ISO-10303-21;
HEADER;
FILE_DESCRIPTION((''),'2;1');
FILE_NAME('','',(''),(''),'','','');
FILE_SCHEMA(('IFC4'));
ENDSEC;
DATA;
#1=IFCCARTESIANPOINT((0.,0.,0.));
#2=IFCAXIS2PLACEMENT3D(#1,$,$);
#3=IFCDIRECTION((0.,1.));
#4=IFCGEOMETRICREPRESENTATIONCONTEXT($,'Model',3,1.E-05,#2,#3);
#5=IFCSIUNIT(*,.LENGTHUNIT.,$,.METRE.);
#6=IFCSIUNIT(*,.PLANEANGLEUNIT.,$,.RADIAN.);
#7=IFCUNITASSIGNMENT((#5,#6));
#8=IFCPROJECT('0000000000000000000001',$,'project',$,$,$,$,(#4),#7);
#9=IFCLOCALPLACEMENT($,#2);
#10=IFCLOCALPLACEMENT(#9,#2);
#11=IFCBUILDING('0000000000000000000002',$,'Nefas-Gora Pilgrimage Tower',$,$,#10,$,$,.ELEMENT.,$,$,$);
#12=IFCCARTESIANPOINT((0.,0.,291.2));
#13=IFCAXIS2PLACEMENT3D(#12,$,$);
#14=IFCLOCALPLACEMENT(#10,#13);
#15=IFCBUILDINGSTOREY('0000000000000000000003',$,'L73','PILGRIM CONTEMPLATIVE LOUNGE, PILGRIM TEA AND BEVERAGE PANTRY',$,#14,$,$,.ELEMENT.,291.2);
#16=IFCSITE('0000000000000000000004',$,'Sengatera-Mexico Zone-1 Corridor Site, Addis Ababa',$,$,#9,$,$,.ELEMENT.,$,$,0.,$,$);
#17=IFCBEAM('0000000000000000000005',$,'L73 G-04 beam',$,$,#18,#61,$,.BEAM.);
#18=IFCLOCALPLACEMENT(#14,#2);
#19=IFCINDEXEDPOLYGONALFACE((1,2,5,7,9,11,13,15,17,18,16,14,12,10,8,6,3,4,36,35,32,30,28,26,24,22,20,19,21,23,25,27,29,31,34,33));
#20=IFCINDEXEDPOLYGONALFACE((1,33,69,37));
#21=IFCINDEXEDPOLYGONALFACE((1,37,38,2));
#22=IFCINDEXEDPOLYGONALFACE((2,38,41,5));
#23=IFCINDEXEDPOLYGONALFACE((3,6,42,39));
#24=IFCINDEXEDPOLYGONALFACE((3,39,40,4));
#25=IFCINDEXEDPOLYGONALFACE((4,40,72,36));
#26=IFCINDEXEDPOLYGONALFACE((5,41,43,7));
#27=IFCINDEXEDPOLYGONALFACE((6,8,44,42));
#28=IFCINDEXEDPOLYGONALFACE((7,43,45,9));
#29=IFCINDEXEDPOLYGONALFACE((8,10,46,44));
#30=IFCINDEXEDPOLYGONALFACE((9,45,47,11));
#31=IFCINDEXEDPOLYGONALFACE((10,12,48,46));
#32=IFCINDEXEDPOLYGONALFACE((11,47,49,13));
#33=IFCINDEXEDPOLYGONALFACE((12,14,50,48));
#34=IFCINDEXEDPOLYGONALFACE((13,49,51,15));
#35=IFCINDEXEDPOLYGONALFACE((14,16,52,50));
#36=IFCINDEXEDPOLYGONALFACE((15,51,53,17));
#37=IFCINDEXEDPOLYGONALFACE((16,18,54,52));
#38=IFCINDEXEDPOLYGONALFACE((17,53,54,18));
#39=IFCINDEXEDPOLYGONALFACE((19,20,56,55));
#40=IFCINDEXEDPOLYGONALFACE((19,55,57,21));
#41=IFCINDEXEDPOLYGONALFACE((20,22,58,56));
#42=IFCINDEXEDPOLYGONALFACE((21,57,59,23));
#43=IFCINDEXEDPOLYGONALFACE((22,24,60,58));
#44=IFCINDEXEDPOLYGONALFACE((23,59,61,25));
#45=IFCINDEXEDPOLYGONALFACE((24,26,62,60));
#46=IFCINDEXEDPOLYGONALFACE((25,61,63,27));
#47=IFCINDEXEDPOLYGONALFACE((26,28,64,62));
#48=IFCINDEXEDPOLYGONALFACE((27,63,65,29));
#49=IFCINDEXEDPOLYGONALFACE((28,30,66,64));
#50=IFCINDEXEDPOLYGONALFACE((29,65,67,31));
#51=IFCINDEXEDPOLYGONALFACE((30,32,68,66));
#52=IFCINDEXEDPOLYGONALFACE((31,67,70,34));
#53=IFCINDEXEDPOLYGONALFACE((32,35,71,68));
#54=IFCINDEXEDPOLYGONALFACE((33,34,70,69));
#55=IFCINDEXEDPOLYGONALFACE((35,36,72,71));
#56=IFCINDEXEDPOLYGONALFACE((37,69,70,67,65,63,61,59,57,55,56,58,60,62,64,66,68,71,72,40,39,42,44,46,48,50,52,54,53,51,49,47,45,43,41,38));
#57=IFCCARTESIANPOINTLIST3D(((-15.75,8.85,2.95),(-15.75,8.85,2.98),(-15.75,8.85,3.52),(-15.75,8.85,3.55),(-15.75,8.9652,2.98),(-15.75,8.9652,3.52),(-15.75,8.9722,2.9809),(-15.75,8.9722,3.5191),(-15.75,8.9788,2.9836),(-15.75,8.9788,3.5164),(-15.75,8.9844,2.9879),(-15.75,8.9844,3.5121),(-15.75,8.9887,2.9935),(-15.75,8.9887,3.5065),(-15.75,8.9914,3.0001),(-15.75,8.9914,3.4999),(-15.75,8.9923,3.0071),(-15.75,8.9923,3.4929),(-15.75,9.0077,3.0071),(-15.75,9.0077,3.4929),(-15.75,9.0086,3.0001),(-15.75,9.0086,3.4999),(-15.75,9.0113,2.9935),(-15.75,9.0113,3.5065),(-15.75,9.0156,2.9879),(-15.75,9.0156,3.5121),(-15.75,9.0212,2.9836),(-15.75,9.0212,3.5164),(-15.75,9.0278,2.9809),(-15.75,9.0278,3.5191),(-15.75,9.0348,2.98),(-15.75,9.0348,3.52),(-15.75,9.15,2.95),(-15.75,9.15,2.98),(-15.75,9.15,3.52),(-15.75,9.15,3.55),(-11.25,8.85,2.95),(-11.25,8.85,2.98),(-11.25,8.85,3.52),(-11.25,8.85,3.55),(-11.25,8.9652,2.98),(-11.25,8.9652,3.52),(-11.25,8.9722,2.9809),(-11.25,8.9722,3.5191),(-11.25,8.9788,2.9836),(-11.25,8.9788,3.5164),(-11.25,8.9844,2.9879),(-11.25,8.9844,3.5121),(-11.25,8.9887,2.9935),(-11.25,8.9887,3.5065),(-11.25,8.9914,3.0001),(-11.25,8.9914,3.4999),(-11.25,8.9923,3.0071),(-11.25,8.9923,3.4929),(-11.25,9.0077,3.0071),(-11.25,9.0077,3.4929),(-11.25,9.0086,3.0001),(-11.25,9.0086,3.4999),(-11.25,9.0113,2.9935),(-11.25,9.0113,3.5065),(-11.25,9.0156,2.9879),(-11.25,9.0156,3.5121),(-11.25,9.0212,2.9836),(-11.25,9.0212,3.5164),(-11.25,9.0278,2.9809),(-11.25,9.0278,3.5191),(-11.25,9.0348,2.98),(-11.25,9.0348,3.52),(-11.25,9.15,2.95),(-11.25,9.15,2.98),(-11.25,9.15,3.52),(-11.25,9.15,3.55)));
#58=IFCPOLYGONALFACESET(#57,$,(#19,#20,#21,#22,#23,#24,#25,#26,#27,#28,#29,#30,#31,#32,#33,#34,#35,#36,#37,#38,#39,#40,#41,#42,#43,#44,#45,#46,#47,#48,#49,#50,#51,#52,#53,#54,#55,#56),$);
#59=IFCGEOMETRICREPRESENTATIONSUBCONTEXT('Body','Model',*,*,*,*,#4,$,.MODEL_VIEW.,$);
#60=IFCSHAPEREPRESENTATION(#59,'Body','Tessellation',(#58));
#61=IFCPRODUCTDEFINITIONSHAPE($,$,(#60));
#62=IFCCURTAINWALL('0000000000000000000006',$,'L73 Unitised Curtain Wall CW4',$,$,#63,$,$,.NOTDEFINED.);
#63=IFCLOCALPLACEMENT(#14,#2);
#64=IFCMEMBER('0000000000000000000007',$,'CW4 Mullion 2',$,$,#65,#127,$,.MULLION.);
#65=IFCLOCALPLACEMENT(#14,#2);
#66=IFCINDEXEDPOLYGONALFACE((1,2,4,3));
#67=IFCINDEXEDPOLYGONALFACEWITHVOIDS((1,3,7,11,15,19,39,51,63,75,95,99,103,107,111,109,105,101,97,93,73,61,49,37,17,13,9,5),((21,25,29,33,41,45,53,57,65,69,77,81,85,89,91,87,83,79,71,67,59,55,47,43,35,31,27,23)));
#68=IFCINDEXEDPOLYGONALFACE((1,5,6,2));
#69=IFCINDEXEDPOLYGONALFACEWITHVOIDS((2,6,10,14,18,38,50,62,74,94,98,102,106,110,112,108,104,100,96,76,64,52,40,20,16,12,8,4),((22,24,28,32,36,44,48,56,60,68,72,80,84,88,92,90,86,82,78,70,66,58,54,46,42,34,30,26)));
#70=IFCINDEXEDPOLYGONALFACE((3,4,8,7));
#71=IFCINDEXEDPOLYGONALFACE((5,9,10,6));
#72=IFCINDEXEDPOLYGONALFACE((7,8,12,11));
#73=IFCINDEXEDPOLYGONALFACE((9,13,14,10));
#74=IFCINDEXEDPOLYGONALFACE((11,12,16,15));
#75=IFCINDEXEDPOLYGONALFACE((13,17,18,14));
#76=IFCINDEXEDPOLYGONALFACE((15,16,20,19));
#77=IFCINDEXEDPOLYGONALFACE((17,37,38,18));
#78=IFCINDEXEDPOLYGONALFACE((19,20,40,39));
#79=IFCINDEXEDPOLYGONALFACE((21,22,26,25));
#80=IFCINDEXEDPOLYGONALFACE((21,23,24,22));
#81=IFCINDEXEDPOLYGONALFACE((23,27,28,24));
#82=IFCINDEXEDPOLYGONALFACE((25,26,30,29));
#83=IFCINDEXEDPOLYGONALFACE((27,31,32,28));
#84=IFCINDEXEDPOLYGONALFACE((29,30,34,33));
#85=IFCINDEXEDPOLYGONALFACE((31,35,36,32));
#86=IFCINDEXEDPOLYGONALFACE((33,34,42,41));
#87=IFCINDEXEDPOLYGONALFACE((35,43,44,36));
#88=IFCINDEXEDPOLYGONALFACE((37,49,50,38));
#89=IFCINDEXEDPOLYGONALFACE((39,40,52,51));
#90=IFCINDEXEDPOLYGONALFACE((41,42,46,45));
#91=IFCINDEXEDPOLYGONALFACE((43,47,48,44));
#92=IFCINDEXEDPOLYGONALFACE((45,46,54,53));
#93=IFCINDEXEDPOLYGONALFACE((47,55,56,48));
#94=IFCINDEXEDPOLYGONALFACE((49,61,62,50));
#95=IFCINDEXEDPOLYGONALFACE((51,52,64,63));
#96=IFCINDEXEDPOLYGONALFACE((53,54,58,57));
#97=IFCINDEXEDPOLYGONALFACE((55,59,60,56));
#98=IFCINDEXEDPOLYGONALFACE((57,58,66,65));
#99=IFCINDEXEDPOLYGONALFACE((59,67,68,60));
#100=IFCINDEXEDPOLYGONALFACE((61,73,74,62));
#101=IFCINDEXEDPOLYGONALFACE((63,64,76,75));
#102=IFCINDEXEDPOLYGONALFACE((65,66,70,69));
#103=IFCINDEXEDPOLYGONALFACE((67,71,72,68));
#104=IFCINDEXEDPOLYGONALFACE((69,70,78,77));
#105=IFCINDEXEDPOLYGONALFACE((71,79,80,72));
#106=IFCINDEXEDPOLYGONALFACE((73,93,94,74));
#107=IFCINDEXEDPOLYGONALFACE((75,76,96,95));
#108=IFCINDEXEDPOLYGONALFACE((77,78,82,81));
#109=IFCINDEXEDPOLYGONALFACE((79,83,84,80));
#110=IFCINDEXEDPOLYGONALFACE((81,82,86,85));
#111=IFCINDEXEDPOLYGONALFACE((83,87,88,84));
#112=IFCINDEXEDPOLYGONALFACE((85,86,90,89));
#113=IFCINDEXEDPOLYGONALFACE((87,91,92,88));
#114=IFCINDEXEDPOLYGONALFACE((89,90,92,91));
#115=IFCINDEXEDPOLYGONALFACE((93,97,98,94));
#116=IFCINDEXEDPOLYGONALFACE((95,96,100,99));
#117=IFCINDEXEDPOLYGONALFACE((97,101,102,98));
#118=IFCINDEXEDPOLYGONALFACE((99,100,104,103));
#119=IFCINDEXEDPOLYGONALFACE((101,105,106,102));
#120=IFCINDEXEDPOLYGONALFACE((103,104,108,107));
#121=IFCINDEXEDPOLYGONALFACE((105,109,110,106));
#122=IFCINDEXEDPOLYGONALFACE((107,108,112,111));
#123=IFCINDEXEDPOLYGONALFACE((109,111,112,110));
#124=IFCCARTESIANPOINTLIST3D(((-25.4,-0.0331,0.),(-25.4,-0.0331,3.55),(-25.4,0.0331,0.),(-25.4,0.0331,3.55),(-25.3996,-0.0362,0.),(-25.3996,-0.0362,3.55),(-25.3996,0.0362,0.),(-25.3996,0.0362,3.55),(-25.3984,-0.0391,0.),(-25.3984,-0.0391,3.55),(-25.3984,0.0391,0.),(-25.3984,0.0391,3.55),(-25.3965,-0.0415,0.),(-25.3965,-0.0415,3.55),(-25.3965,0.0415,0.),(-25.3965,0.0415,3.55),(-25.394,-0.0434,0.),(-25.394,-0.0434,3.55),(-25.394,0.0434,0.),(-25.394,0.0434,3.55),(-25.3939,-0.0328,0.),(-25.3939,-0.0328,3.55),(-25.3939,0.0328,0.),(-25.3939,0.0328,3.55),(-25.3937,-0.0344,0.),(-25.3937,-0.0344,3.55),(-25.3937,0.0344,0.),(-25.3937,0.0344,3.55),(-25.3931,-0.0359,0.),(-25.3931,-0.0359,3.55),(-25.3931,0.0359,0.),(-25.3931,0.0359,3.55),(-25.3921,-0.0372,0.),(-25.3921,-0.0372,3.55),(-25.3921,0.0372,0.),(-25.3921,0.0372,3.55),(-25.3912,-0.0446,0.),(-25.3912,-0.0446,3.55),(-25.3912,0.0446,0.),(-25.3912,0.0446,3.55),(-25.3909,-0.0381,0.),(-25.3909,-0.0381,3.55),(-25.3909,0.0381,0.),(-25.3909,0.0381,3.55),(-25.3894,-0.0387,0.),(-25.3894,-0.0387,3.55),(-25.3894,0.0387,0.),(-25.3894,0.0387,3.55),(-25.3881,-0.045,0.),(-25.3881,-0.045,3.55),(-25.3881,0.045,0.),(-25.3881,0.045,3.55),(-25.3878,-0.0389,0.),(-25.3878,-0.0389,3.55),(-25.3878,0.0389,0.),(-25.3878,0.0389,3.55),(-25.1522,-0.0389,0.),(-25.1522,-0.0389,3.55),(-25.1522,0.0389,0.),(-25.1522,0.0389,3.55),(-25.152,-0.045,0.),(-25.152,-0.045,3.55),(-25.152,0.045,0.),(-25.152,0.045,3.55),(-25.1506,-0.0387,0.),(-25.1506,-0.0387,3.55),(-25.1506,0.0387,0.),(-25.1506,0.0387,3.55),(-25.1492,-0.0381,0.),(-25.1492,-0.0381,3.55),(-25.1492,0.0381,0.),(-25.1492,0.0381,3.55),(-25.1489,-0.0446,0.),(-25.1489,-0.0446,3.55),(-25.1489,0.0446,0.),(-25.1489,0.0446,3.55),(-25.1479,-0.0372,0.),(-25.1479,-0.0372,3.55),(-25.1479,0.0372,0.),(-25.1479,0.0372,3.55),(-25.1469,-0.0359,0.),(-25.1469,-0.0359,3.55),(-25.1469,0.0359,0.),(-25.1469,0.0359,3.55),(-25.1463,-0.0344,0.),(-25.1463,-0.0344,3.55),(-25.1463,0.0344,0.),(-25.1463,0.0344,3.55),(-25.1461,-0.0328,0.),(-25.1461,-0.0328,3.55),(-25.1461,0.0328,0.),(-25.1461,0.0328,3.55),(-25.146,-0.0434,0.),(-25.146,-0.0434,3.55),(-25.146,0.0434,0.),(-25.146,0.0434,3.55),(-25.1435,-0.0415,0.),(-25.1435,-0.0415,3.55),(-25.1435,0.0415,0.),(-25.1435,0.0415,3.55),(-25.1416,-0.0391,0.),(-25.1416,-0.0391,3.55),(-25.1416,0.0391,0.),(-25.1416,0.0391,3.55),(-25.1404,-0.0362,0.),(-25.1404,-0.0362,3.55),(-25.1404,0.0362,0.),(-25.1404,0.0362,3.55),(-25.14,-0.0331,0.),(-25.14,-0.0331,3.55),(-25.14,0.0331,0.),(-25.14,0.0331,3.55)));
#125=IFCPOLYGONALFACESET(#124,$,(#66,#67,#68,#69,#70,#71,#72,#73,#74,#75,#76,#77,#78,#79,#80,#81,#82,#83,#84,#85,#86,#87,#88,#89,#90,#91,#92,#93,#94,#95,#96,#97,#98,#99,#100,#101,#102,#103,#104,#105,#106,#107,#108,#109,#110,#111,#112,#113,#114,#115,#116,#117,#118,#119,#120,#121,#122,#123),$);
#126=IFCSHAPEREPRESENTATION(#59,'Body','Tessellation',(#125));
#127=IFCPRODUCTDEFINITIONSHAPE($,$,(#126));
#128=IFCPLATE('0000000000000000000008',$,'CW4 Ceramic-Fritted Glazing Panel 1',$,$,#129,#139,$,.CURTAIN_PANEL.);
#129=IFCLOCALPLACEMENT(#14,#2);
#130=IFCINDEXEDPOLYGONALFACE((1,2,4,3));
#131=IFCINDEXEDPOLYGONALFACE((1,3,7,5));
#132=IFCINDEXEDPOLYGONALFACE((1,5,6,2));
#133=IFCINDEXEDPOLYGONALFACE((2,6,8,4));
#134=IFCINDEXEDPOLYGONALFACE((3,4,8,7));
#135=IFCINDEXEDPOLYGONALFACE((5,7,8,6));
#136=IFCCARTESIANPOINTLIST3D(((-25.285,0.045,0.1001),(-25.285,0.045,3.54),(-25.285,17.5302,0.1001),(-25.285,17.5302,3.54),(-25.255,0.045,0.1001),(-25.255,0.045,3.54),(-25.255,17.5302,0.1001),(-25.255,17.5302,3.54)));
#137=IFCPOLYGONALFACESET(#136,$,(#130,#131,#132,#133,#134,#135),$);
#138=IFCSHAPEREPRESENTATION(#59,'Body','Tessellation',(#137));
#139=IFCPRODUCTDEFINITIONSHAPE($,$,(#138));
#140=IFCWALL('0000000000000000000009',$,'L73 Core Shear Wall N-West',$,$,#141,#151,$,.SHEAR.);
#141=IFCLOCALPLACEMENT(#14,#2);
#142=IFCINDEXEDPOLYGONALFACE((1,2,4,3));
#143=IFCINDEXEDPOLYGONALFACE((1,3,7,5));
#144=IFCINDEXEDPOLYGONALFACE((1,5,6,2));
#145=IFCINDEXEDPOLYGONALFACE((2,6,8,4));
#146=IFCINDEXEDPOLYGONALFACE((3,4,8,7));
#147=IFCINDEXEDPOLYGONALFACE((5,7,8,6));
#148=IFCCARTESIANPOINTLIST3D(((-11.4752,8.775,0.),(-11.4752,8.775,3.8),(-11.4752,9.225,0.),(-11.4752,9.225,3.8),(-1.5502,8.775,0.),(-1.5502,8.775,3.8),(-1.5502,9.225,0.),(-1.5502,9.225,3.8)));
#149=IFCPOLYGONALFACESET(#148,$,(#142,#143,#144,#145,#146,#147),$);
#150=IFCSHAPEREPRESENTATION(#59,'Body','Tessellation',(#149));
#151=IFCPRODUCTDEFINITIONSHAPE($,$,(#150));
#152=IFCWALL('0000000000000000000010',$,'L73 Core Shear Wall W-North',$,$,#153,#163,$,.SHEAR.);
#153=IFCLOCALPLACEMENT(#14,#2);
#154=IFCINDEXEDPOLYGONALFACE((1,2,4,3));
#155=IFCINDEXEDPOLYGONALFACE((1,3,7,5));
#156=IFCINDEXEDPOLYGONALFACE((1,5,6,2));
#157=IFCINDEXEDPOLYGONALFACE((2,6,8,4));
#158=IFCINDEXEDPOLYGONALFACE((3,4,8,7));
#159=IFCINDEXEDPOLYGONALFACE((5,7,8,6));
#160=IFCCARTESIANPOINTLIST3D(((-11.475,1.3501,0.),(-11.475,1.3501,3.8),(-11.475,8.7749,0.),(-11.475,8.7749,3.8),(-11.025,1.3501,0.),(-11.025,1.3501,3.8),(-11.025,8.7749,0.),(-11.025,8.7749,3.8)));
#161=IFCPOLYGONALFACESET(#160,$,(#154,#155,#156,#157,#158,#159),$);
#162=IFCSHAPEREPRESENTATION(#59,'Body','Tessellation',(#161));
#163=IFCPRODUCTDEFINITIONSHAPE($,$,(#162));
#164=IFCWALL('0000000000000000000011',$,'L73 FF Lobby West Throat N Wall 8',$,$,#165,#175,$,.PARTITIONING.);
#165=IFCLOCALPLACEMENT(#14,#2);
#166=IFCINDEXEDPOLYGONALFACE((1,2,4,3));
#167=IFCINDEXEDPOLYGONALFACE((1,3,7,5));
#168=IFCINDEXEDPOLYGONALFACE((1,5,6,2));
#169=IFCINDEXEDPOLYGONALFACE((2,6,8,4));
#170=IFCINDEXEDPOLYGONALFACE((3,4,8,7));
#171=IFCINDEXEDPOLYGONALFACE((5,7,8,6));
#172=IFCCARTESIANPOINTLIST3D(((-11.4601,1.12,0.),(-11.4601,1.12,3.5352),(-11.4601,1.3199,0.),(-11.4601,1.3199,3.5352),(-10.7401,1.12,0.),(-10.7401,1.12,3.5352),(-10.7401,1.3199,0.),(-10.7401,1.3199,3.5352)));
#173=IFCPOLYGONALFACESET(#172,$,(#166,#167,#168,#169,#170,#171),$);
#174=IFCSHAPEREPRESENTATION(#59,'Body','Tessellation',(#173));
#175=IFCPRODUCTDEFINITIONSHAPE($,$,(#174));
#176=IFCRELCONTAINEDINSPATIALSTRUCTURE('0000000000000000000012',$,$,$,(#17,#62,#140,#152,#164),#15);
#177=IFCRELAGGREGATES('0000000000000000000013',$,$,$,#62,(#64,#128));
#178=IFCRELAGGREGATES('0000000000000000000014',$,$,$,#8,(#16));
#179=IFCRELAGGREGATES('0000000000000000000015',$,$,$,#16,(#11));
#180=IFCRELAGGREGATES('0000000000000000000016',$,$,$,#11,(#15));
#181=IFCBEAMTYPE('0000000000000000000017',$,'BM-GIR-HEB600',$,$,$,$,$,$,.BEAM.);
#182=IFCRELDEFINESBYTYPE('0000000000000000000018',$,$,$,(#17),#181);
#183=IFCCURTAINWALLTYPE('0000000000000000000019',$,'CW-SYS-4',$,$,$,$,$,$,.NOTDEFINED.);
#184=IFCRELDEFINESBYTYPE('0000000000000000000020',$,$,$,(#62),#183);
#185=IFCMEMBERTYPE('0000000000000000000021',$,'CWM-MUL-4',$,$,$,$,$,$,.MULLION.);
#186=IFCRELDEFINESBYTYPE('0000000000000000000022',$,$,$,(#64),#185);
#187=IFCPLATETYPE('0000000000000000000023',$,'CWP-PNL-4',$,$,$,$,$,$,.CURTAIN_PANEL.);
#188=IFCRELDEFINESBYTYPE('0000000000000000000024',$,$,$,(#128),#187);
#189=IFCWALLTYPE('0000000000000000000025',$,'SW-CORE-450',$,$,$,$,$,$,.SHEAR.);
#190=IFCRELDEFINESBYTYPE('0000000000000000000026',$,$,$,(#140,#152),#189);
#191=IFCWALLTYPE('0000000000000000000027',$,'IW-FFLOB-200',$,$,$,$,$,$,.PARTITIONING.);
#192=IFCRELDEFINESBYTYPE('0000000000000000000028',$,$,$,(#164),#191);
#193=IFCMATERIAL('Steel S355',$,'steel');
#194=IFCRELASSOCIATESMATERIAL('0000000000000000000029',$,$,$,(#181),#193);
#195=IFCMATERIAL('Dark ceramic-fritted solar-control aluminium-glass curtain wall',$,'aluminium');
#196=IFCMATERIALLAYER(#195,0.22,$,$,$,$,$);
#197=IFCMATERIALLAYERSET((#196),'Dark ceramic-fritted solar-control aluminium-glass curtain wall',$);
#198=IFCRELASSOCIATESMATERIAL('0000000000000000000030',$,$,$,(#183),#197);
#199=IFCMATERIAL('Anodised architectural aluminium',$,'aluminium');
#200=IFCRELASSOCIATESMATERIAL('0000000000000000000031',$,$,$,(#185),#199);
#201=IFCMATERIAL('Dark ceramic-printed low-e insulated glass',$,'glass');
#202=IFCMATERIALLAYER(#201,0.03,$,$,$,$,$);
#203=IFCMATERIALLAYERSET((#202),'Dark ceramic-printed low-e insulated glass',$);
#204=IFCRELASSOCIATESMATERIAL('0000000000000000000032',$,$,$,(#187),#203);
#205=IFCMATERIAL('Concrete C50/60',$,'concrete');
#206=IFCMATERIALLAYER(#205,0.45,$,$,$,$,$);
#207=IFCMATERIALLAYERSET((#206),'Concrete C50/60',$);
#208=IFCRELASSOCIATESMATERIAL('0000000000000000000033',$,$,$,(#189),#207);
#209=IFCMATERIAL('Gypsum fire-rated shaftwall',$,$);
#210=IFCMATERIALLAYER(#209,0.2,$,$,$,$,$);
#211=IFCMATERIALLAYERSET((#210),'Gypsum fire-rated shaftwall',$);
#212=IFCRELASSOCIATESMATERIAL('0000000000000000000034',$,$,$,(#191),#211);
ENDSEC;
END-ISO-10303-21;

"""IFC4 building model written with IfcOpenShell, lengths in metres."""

from ifc_helpers import new_model, si_unit, direction, frame, frame_2d, origin, origin_2d, place, context, subcontext, project, spatial, rectangle, hollow_rectangle, i_section, extrude, source, transform, mapped, material, layer, layer_set, material_profile, profile_set, type_object, element, aggregate, save


model = new_model("IFC4")

# Units and contexts
model_context = context("Model", 3, precision=1e-05, world=origin(), true_north=direction((0.0, 1.0)))
body_context = subcontext(model_context, "Body", "Model", "MODEL_VIEW")
ifc_project = project(units=[si_unit("LENGTHUNIT", "METRE"), si_unit("PLANEANGLEUNIT", "RADIAN")], contexts=[model_context])

# Site, building, storey
site_placement = place(None, origin())
site = spatial("IfcSite", under=ifc_project, at=site_placement, Name="Sengatera-Mexico Zone-1 Corridor Site, Addis Ababa", CompositionType="ELEMENT", RefElevation=0.0)
building_placement = place(site_placement, origin())
building = spatial("IfcBuilding", under=site, at=building_placement, Name="Nefas-Gora Pilgrimage Tower", CompositionType="ELEMENT")
storey_placement = place(building_placement, frame((0.0, 0.0, 291.2)))
storey = spatial("IfcBuildingStorey", under=building, at=storey_placement, Name="L73", Description="PILGRIM CONTEMPLATIVE LOUNGE, PILGRIM TEA AND BEVERAGE PANTRY", CompositionType="ELEMENT", Elevation=291.2)

# Shared definitions
ifc_material_1 = material(Name="Steel S355", Category="steel")

# Beam
ifc_material_profile_1 = material_profile(ifc_material_1, i_section(OverallWidth=0.3, OverallDepth=0.6001, WebThickness=0.0154, FlangeThickness=0.03, FilletRadius=0.0271, at=origin_2d()), Name="HEB 600")
ifc_profile_set_1 = profile_set([ifc_material_profile_1], Name="Steel S355")
beam_type_1 = type_object("IfcBeamType", Name="BM-GIR-HEB600", PredefinedType="BEAM", material=ifc_profile_set_1)
shared_shape_1 = source(origin(), body_context, "Body", "SweptSolid", [
    extrude(i_section(OverallWidth=0.3, OverallDepth=0.6001, WebThickness=0.0154, FlangeThickness=0.03, FilletRadius=0.0271, at=origin_2d()), origin(), (0.0, 0.0, 1.0), 4.5),
])
for number, where, z_axis, x_axis, name in (
    (1, (-15.75, 9.0, 3.25), (1.0, 0.0, 0.0), (0.0, 1.0, 0.0), "L73 G-04 beam"),
):
    element("IfcBeam", number, at=place(storey_placement, frame(where, z_axis=z_axis, x_axis=x_axis)), inside=storey, type_object=beam_type_1, Name=name, PredefinedType="BEAM", context=body_context, shape_type="MappedRepresentation", body=[
        mapped(shared_shape_1, transform((0.0, 0.0, 0.0), x_axis=(1.0, 0.0, 0.0), y_axis=(0.0, 1.0, 0.0), z_axis=(0.0, 0.0, 1.0), scale=1.0)),
    ])

# Curtain wall, member, plate
ifc_material_2 = material(Name="Dark ceramic-fritted solar-control aluminium-glass curtain wall", Category="aluminium")
ifc_layer_1 = layer(ifc_material_2, 0.22)
ifc_layer_set_1 = layer_set([ifc_layer_1], Name="Dark ceramic-fritted solar-control aluminium-glass curtain wall")
curtain_wall_type = type_object("IfcCurtainWallType", Name="CW-SYS-4", PredefinedType="NOTDEFINED", material=ifc_layer_set_1)
curtain_wall_placement = place(storey_placement, origin())
curtain_wall = element("IfcCurtainWall", 2, at=curtain_wall_placement, inside=storey, type_object=curtain_wall_type, Name="L73 Unitised Curtain Wall CW4", PredefinedType="NOTDEFINED")
ifc_material_3 = material(Name="Anodised architectural aluminium", Category="aluminium")
ifc_material_profile_2 = material_profile(ifc_material_3, hollow_rectangle(XDim=0.0901, YDim=0.26, WallThickness=0.0061, InnerFilletRadius=0.0061, OuterFilletRadius=0.012, at=origin_2d()), Name="ALU MULLION 90x260")
ifc_profile_set_2 = profile_set([ifc_material_profile_2], Name="Anodised architectural aluminium")
member_type = type_object("IfcMemberType", Name="CWM-MUL-4", PredefinedType="MULLION", material=ifc_profile_set_2)
shared_shape_2 = source(origin(), body_context, "Body", "SweptSolid", [
    extrude(hollow_rectangle(XDim=0.0901, YDim=0.26, WallThickness=0.0061, InnerFilletRadius=0.0061, OuterFilletRadius=0.012, at=origin_2d()), origin(), (0.0, 0.0, 1.0), 3.55),
])
member_placement = place(storey_placement, frame((-25.27, 0.0, 0.0), z_axis=(0.0, 0.0, 1.0), x_axis=(0.0, -1.0, 0.0)))
member = element("IfcMember", 3, at=member_placement, type_object=member_type, Name="CW4 Mullion 2", PredefinedType="MULLION", context=body_context, shape_type="MappedRepresentation", body=[
    mapped(shared_shape_2, transform((0.0, 0.0, 0.0), x_axis=(1.0, 0.0, 0.0), y_axis=(0.0, 1.0, 0.0), z_axis=(0.0, 0.0, 1.0), scale=1.0)),
])
ifc_material_4 = material(Name="Dark ceramic-printed low-e insulated glass", Category="glass")
ifc_layer_2 = layer(ifc_material_4, 0.03)
ifc_layer_set_2 = layer_set([ifc_layer_2], Name="Dark ceramic-printed low-e insulated glass")
plate_type = type_object("IfcPlateType", Name="CWP-PNL-4", PredefinedType="CURTAIN_PANEL", material=ifc_layer_set_2)
shared_shape_3 = source(origin(), body_context, "Body", "SweptSolid", [
    extrude(rectangle(XDim=17.4851, YDim=0.03, at=origin_2d()), origin(), (0.0, 0.0, 1.0), 3.4399),
])
plate_placement = place(storey_placement, frame((-25.27, 8.7876, 0.1001), z_axis=(0.0, 0.0, 1.0), x_axis=(0.0, -1.0, 0.0)))
plate = element("IfcPlate", 4, at=plate_placement, type_object=plate_type, Name="CW4 Ceramic-Fritted Glazing Panel 1", PredefinedType="CURTAIN_PANEL", context=body_context, shape_type="MappedRepresentation", body=[
    mapped(shared_shape_3, transform((0.0, 0.0, 0.0), x_axis=(1.0, 0.0, 0.0), y_axis=(0.0, 1.0, 0.0), z_axis=(0.0, 0.0, 1.0), scale=1.0)),
])
aggregate(curtain_wall, [member, plate])

# Walls
ifc_material_5 = material(Name="Concrete C50/60", Category="concrete")
ifc_layer_3 = layer(ifc_material_5, 0.45)
ifc_layer_set_3 = layer_set([ifc_layer_3], Name="Concrete C50/60")
wall_type_1 = type_object("IfcWallType", Name="SW-CORE-450", PredefinedType="SHEAR", material=ifc_layer_set_3)
shared_shape_4 = source(origin(), body_context, "Body", "SweptSolid", [
    extrude(rectangle(XDim=9.925, YDim=0.45, at=frame_2d((4.9624, 0.0))), origin(), (0.0, 0.0, 1.0), 3.8),
])
wall_1_placement = place(storey_placement, frame((-11.4751, 9.0, 0.0), z_axis=(0.0, 0.0, 1.0), x_axis=(1.0, 0.0, 0.0)))
element("IfcWall", 5, at=wall_1_placement, inside=storey, type_object=wall_type_1, Name="L73 Core Shear Wall N-West", PredefinedType="SHEAR", context=body_context, shape_type="MappedRepresentation", body=[
    mapped(shared_shape_4, transform((0.0, 0.0, 0.0), x_axis=(1.0, 0.0, 0.0), y_axis=(0.0, 1.0, 0.0), z_axis=(0.0, 0.0, 1.0), scale=1.0)),
])
shared_shape_5 = source(origin(), body_context, "Body", "SweptSolid", [
    extrude(rectangle(XDim=7.4248, YDim=0.45, at=frame_2d((3.7124, 0.0))), origin(), (0.0, 0.0, 1.0), 3.8),
])
wall_2_placement = place(storey_placement, frame((-11.25, 1.3501, 0.0), z_axis=(0.0, 0.0, 1.0), x_axis=(0.0, 1.0, 0.0)))
element("IfcWall", 6, at=wall_2_placement, inside=storey, type_object=wall_type_1, Name="L73 Core Shear Wall W-North", PredefinedType="SHEAR", context=body_context, shape_type="MappedRepresentation", body=[
    mapped(shared_shape_5, transform((0.0, 0.0, 0.0), x_axis=(1.0, 0.0, 0.0), y_axis=(0.0, 1.0, 0.0), z_axis=(0.0, 0.0, 1.0), scale=1.0)),
])
ifc_material_6 = material(Name="Gypsum fire-rated shaftwall")
ifc_layer_4 = layer(ifc_material_6, 0.2)
ifc_layer_set_4 = layer_set([ifc_layer_4], Name="Gypsum fire-rated shaftwall")
wall_type_2 = type_object("IfcWallType", Name="IW-FFLOB-200", PredefinedType="PARTITIONING", material=ifc_layer_set_4)
shared_shape_6 = source(origin(), body_context, "Body", "SweptSolid", [
    extrude(rectangle(XDim=0.72, YDim=0.2, at=frame_2d((0.3599, 0.0))), origin(), (0.0, 0.0, 1.0), 3.5352),
])
wall_3_placement = place(storey_placement, frame((-11.46, 1.22, 0.0), z_axis=(0.0, 0.0, 1.0), x_axis=(1.0, 0.0, 0.0)))
element("IfcWall", 7, at=wall_3_placement, inside=storey, type_object=wall_type_2, Name="L73 FF Lobby West Throat N Wall 8", PredefinedType="PARTITIONING", context=body_context, shape_type="MappedRepresentation", body=[
    mapped(shared_shape_6, transform((0.0, 0.0, 0.0), x_axis=(1.0, 0.0, 0.0), y_axis=(0.0, 1.0, 0.0), z_axis=(0.0, 0.0, 1.0), scale=1.0)),
])

save(model, "model.ifc")
